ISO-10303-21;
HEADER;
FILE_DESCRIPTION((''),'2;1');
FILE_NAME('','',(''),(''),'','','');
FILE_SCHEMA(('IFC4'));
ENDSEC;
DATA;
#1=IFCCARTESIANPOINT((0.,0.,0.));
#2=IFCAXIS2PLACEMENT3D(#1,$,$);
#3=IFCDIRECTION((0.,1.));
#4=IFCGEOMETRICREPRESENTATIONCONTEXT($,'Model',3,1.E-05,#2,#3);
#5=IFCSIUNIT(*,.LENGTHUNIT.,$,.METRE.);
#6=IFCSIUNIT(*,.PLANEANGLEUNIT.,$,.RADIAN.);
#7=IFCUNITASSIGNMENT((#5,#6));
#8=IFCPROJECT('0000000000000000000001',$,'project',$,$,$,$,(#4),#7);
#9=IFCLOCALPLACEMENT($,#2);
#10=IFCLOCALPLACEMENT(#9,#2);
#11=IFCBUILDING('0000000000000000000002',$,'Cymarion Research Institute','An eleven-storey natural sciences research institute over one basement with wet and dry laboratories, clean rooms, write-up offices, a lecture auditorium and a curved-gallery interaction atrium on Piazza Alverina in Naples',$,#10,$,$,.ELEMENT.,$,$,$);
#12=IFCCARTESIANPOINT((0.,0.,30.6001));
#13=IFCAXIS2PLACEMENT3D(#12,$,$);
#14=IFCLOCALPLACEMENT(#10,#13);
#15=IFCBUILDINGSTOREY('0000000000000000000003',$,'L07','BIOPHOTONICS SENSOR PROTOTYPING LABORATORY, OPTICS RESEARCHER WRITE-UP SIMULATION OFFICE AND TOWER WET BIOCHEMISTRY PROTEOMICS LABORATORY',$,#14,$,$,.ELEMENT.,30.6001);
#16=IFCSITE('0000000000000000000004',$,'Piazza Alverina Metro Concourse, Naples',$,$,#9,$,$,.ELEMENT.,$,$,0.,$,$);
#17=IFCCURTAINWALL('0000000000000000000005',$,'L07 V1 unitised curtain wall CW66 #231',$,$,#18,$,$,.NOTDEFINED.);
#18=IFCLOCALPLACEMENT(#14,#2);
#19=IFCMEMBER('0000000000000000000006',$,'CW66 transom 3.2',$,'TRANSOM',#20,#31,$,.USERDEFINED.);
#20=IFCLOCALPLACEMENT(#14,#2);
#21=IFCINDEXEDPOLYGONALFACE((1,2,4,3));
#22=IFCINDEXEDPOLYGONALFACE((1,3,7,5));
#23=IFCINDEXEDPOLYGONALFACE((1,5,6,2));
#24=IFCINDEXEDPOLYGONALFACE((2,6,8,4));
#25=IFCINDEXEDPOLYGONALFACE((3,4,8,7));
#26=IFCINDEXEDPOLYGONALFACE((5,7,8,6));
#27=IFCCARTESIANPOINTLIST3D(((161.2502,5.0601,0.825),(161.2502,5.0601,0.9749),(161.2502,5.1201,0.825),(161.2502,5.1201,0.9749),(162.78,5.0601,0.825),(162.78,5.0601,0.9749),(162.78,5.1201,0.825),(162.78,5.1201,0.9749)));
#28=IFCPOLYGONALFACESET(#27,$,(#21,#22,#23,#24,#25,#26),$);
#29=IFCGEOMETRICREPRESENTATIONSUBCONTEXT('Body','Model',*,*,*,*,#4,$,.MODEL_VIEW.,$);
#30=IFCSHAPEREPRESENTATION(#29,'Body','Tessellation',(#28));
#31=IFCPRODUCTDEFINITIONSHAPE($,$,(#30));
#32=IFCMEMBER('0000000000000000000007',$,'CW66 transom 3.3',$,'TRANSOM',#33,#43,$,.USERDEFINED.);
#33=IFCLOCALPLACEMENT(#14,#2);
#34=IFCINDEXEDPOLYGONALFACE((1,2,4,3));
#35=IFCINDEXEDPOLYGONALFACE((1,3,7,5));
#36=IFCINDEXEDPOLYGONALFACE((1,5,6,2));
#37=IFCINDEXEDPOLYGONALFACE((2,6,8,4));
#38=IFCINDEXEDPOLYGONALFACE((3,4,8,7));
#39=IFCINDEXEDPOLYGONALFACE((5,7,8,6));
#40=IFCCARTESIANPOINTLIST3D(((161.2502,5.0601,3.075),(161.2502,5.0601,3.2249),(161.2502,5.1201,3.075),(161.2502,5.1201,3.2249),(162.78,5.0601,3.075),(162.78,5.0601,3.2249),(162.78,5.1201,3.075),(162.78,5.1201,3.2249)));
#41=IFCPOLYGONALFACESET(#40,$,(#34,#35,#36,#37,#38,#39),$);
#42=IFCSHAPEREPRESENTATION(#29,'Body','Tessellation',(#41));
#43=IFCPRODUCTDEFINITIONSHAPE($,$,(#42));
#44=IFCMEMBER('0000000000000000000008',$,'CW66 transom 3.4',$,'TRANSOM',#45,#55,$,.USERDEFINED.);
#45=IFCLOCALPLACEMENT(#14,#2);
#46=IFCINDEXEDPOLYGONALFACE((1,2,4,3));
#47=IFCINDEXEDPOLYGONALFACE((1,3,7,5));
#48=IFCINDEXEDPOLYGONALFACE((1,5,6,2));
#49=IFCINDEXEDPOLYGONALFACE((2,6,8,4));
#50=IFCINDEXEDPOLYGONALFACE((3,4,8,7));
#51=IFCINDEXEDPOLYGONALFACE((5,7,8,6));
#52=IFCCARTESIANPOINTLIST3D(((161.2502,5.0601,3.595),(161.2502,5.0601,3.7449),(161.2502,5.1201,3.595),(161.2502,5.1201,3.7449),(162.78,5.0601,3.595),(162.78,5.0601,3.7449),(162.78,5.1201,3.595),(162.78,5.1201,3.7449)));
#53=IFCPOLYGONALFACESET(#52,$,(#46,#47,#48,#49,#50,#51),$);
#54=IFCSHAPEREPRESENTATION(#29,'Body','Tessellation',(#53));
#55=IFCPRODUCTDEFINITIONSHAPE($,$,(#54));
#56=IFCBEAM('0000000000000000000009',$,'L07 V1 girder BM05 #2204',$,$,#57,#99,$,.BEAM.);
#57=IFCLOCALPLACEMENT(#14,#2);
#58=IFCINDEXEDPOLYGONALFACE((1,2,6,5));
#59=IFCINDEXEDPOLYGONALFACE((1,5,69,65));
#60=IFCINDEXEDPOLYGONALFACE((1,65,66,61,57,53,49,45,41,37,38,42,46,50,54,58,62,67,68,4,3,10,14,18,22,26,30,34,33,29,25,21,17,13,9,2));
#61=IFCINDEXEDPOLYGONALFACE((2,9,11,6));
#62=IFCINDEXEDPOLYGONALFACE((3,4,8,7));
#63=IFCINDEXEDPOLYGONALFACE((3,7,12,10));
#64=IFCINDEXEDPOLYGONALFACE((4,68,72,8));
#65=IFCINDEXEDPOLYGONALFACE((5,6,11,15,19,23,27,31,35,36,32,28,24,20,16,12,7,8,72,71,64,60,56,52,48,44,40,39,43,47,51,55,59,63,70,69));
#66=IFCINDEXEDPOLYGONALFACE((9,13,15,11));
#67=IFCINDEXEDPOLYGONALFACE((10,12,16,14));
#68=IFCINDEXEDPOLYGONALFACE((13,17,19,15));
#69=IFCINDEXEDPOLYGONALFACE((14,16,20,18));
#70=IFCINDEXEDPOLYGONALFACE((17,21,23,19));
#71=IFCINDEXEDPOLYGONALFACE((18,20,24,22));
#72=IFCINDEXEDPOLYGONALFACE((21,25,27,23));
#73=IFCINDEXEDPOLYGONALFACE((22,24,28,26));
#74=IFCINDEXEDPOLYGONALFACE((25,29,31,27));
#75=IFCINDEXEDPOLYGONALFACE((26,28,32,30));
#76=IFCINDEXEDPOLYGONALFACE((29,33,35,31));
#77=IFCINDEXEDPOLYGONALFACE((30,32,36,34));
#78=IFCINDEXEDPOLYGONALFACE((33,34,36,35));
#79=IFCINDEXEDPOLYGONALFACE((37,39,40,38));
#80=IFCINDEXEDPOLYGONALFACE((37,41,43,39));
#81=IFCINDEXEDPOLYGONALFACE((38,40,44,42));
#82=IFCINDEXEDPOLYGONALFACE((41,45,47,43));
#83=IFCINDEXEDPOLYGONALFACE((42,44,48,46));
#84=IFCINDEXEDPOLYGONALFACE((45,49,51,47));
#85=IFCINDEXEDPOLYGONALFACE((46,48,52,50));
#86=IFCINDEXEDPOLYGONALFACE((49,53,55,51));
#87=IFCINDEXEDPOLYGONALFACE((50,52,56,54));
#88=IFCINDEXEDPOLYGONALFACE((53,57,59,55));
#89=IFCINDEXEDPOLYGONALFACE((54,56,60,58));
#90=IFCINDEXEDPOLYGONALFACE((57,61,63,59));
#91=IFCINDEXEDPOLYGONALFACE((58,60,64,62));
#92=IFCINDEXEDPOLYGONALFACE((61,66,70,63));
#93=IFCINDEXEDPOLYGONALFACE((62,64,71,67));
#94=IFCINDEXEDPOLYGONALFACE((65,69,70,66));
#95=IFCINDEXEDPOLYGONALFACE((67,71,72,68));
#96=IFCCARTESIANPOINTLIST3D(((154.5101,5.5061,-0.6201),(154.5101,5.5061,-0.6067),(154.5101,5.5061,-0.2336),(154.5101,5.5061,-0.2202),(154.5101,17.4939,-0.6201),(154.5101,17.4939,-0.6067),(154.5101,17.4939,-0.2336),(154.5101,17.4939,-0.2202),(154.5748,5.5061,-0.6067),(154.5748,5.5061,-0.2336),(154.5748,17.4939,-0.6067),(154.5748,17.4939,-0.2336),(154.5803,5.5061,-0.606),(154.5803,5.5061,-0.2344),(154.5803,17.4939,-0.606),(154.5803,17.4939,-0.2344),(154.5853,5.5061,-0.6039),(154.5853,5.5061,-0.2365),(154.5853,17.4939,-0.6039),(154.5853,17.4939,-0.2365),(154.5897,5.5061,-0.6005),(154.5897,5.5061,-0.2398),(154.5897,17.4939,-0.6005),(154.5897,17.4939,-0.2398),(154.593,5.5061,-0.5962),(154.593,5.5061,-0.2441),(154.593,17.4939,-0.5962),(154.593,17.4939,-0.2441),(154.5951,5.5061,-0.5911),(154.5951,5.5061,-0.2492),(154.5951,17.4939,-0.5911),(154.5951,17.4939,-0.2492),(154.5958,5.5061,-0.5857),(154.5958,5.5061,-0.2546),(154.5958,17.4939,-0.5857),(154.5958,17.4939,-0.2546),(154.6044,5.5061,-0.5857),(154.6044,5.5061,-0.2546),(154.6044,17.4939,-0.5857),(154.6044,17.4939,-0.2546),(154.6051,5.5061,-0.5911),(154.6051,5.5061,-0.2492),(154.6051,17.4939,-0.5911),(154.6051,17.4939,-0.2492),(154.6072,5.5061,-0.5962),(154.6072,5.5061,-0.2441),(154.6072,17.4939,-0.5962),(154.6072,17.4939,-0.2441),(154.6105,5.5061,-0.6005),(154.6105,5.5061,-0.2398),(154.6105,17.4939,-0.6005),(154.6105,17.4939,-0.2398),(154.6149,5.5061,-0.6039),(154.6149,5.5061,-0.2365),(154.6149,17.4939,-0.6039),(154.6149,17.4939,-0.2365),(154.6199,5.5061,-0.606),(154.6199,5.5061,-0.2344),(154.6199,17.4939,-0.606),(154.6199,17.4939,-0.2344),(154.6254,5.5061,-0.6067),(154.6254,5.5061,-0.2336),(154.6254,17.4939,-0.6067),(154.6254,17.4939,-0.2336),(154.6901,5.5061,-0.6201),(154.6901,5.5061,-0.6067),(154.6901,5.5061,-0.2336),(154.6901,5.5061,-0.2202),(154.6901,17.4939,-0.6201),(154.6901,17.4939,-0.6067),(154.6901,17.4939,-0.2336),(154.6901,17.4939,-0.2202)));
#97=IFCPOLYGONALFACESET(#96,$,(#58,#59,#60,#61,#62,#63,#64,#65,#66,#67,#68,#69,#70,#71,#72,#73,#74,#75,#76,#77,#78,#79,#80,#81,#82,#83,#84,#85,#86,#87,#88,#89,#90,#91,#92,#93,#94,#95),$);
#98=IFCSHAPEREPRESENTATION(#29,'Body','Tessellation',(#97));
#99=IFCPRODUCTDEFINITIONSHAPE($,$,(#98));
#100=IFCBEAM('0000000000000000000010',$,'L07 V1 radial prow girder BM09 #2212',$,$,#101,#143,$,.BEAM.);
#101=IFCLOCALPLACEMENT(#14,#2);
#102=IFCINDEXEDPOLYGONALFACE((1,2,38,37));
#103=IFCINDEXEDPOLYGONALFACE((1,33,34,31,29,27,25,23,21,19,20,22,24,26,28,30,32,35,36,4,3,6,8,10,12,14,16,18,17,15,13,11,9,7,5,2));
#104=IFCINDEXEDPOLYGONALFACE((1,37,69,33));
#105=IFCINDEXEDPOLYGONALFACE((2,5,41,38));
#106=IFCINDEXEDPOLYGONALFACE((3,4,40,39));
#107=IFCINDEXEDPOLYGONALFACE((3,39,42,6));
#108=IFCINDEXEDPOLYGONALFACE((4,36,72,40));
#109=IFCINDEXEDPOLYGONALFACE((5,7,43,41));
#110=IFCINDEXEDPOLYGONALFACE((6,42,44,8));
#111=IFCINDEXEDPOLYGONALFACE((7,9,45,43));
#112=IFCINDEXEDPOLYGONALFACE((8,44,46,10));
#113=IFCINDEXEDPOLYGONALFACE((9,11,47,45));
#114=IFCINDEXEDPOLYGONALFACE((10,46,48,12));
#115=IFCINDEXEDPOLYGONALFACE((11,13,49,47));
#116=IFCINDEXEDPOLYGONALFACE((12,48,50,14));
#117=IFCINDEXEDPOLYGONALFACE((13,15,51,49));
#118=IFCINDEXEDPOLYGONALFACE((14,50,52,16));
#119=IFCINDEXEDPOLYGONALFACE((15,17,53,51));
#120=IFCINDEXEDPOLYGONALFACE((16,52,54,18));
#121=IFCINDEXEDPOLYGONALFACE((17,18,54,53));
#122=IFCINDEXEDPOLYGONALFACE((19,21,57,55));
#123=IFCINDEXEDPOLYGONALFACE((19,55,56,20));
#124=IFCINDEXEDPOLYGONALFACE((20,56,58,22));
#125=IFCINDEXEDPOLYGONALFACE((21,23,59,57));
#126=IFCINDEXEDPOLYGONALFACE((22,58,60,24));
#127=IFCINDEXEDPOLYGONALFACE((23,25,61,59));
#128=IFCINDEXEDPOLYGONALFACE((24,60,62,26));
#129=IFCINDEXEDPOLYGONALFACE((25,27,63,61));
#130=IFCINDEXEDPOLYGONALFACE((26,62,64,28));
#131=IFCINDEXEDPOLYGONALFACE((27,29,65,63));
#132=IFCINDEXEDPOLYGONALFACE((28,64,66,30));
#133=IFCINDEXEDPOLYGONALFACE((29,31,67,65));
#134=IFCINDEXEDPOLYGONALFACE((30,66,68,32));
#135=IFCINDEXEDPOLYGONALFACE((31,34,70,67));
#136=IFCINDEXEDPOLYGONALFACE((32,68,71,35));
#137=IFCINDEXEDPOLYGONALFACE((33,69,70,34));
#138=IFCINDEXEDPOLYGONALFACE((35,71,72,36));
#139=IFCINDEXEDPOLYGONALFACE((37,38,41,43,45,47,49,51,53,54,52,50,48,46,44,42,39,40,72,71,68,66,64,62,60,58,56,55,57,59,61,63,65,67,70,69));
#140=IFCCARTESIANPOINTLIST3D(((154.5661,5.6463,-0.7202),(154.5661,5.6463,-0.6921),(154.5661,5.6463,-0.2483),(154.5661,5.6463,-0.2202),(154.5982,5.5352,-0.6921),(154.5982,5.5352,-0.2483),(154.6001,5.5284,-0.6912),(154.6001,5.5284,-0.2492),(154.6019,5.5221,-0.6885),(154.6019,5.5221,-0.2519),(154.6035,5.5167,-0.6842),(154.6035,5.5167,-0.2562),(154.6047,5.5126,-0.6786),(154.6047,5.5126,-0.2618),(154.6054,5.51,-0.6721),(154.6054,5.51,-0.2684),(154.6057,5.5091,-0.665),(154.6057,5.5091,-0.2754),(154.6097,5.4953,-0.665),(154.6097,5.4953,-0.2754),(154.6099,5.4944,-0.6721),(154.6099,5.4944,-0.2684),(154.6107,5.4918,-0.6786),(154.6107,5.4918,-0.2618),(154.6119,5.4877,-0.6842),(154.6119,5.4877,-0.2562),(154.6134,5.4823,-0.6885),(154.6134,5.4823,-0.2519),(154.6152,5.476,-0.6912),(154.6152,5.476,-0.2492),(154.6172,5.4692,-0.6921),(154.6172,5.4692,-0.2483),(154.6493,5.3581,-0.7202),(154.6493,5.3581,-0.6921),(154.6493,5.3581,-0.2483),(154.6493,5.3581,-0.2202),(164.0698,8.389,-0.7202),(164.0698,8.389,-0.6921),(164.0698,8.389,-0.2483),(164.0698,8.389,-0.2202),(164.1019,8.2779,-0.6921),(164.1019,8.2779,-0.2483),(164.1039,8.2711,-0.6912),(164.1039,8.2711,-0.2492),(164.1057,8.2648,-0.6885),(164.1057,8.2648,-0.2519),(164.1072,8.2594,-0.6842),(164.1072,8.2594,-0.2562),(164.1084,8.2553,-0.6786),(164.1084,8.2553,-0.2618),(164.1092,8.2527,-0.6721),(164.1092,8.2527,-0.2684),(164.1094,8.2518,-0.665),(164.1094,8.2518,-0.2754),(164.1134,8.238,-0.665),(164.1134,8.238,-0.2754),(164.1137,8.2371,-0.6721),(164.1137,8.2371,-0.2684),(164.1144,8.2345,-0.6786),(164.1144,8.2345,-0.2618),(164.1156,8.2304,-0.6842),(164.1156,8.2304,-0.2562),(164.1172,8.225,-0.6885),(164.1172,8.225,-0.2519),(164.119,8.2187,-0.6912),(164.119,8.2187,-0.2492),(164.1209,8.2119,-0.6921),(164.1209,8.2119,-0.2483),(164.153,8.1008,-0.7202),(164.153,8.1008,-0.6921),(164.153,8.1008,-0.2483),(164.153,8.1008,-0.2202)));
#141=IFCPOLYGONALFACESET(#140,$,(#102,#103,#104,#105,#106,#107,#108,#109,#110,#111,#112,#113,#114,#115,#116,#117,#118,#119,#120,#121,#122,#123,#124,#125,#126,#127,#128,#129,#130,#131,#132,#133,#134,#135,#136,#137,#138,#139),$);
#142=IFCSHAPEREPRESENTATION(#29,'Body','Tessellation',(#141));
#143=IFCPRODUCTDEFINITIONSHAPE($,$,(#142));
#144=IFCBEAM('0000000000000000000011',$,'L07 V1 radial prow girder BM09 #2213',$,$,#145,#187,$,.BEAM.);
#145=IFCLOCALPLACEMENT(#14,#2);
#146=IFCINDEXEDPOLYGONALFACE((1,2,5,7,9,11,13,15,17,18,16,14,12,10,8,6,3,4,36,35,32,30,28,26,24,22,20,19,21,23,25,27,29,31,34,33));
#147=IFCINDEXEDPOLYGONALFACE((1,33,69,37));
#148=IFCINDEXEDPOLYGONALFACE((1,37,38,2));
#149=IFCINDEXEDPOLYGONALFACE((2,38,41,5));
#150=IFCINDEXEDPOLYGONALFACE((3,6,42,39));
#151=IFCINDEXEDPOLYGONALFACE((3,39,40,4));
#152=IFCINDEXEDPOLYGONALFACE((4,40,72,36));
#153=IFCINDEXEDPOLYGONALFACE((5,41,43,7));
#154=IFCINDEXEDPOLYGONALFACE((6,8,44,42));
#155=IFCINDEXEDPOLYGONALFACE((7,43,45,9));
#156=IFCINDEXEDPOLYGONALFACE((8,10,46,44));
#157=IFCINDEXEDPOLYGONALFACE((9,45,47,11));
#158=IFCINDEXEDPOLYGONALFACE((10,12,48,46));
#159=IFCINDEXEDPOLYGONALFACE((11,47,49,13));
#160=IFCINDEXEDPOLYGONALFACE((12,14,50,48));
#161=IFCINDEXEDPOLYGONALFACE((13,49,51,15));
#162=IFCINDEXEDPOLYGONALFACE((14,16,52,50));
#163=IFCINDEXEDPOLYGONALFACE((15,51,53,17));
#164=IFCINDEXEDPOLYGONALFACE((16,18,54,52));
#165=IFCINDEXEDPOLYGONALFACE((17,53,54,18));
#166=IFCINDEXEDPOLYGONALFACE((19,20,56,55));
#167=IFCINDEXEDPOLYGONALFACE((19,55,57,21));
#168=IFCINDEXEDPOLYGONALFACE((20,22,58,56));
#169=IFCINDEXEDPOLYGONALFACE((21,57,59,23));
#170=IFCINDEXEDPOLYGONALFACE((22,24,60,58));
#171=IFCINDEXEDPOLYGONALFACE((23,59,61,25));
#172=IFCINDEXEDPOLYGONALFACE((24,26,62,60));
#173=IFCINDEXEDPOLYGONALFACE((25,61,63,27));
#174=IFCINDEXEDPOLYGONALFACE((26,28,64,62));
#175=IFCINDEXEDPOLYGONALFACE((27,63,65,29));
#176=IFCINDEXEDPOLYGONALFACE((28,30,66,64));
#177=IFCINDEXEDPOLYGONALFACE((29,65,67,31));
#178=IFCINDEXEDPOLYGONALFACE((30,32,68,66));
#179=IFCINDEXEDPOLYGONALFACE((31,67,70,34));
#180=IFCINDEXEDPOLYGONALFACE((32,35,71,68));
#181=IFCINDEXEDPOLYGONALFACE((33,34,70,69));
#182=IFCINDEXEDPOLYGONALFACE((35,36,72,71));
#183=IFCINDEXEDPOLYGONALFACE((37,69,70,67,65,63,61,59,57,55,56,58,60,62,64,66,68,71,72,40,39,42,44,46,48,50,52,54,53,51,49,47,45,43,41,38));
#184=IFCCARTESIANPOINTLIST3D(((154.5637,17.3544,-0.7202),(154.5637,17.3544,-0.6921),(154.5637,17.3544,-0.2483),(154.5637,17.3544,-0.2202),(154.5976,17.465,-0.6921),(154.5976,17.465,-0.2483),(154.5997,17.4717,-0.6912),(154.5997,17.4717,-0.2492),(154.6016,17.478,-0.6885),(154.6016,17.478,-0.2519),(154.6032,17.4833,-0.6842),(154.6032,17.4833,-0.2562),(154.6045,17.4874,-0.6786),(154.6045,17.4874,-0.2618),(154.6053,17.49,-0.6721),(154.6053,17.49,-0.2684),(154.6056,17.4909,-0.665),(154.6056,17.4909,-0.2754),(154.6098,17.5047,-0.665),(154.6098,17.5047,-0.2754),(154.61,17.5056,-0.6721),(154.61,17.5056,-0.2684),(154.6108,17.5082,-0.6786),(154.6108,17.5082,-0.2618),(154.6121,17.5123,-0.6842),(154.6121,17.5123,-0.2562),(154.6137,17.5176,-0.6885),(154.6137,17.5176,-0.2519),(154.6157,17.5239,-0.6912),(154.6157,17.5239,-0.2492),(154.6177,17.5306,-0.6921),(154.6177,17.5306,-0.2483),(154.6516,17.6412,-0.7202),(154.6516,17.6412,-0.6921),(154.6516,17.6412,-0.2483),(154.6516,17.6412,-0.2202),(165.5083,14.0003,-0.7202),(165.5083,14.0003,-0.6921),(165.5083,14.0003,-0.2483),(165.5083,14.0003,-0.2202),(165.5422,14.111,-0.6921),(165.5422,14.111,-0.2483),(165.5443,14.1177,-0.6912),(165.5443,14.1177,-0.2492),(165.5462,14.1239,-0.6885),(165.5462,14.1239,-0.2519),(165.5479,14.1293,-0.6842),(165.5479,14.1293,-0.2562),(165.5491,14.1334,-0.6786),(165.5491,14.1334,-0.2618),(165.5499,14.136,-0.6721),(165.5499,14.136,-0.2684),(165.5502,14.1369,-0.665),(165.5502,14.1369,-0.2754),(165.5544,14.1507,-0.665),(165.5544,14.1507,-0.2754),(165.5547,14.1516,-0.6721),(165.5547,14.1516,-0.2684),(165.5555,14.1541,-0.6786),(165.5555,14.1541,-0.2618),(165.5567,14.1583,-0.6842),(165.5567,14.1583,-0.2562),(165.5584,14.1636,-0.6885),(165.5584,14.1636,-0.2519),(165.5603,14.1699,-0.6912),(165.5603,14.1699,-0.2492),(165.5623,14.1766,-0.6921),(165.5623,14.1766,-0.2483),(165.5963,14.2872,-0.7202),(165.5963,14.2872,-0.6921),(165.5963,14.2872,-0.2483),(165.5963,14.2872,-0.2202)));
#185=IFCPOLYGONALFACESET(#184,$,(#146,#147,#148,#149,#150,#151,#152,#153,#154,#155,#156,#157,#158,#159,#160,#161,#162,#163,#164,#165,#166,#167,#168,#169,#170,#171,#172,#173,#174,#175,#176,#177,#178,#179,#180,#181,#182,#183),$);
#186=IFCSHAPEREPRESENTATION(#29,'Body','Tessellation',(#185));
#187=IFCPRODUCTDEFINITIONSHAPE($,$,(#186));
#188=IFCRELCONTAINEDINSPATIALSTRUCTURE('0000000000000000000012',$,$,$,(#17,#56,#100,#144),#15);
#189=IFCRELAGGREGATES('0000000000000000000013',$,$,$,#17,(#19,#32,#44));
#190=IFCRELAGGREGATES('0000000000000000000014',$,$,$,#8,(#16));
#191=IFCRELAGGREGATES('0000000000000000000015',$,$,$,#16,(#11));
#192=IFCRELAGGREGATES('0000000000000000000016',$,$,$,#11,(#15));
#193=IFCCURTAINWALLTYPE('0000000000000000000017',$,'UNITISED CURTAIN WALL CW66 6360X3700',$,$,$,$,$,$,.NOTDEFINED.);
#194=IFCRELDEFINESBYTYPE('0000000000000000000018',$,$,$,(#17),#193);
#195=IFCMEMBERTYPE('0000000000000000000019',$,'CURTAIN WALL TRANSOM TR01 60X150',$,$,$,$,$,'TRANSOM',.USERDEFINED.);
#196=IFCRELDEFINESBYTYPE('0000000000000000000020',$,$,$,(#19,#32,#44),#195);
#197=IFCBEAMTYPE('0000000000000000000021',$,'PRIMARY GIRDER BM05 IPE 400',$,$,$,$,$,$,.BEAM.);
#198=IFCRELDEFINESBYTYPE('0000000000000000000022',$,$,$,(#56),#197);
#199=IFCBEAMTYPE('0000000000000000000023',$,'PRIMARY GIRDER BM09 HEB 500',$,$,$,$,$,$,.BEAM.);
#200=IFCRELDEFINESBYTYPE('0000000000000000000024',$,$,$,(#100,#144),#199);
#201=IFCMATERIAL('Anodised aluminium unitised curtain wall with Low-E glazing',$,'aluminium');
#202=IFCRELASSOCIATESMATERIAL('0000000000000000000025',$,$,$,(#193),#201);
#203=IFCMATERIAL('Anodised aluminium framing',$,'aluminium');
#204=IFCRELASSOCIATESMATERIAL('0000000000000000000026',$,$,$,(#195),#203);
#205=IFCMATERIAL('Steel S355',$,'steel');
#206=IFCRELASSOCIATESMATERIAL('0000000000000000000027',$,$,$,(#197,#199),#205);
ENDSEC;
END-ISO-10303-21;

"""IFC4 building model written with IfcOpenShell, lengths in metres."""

from ifc_helpers import new_model, si_unit, direction, frame, origin, origin_2d, place, context, subcontext, project, spatial, rectangle, i_section, extrude, material, material_profile, profile_set, type_object, element, aggregate, save


model = new_model("IFC4")

# Units and contexts
model_context = context("Model", 3, precision=1e-05, world=origin(), true_north=direction((0.0, 1.0)))
body_context = subcontext(model_context, "Body", "Model", "MODEL_VIEW")
ifc_project = project(units=[si_unit("LENGTHUNIT", "METRE"), si_unit("PLANEANGLEUNIT", "RADIAN")], contexts=[model_context])

# Site, building, storey
site_placement = place(None, origin())
site = spatial("IfcSite", under=ifc_project, at=site_placement, Name="Piazza Alverina Metro Concourse, Naples", CompositionType="ELEMENT", RefElevation=0.0)
building_placement = place(site_placement, origin())
building = spatial("IfcBuilding", under=site, at=building_placement, Name="Cymarion Research Institute", Description="An eleven-storey natural sciences research institute over one basement with wet and dry laboratories, clean rooms, write-up offices, a lecture auditorium and a curved-gallery interaction atrium on Piazza Alverina in Naples", CompositionType="ELEMENT")
storey_placement = place(building_placement, frame((0.0, 0.0, 30.6001)))
storey = spatial("IfcBuildingStorey", under=building, at=storey_placement, Name="L07", Description="BIOPHOTONICS SENSOR PROTOTYPING LABORATORY, OPTICS RESEARCHER WRITE-UP SIMULATION OFFICE AND TOWER WET BIOCHEMISTRY PROTEOMICS LABORATORY", CompositionType="ELEMENT", Elevation=30.6001)

# Shared definitions
ifc_material_1 = material(Name="Steel S355", Category="steel")

# Curtain wall, members
ifc_material_2 = material(Name="Anodised aluminium unitised curtain wall with Low-E glazing", Category="aluminium")
curtain_wall_type = type_object("IfcCurtainWallType", Name="UNITISED CURTAIN WALL CW66 6360X3700", PredefinedType="NOTDEFINED", material=ifc_material_2)
curtain_wall_placement = place(storey_placement, origin())
curtain_wall = element("IfcCurtainWall", 1, at=curtain_wall_placement, inside=storey, type_object=curtain_wall_type, Name="L07 V1 unitised curtain wall CW66 #231", PredefinedType="NOTDEFINED")
ifc_material_3 = material(Name="Anodised aluminium framing", Category="aluminium")
ifc_material_profile_1 = material_profile(ifc_material_3, rectangle(XDim=0.0601, YDim=0.1499, at=origin_2d()), Name="ALU TRANSOM 60x150")
ifc_profile_set_1 = profile_set([ifc_material_profile_1], Name="Anodised aluminium framing")
member_type_1 = type_object("IfcMemberType", Name="CURTAIN WALL TRANSOM TR01 60X150", ElementType="TRANSOM", PredefinedType="USERDEFINED", material=ifc_profile_set_1)
member_1_placement = place(storey_placement, frame((161.2502, 5.0901, 0.8999), z_axis=(1.0, 0.0, 0.0), x_axis=(0.0, 1.0, 0.0)))
member_1 = element("IfcMember", 2, at=member_1_placement, type_object=member_type_1, Name="CW66 transom 3.2", ObjectType="TRANSOM", PredefinedType="USERDEFINED", context=body_context, shape_type="SweptSolid", body=[
    extrude(rectangle(XDim=0.0601, YDim=0.1499, at=origin_2d()), origin(), (0.0, 0.0, 1.0), 1.5298),
])
member_2_placement = place(storey_placement, frame((161.2502, 5.0901, 3.1499), z_axis=(1.0, 0.0, 0.0), x_axis=(0.0, 1.0, 0.0)))
member_2 = element("IfcMember", 3, at=member_2_placement, type_object=member_type_1, Name="CW66 transom 3.3", ObjectType="TRANSOM", PredefinedType="USERDEFINED", context=body_context, shape_type="SweptSolid", body=[
    extrude(rectangle(XDim=0.0601, YDim=0.1499, at=origin_2d()), origin(), (0.0, 0.0, 1.0), 1.5298),
])
member_3_placement = place(storey_placement, frame((161.2502, 5.0901, 3.6699), z_axis=(1.0, 0.0, 0.0), x_axis=(0.0, 1.0, 0.0)))
member_3 = element("IfcMember", 4, at=member_3_placement, type_object=member_type_1, Name="CW66 transom 3.4", ObjectType="TRANSOM", PredefinedType="USERDEFINED", context=body_context, shape_type="SweptSolid", body=[
    extrude(rectangle(XDim=0.0601, YDim=0.1499, at=origin_2d()), origin(), (0.0, 0.0, 1.0), 1.5298),
])

# Beams
ifc_material_profile_2 = material_profile(ifc_material_1, i_section(OverallWidth=0.1799, OverallDepth=0.3999, WebThickness=0.0085, FlangeThickness=0.0134, FilletRadius=0.021, at=origin_2d()), Name="IPE 400")
ifc_profile_set_2 = profile_set([ifc_material_profile_2], Name="Steel S355")
beam_type_1 = type_object("IfcBeamType", Name="PRIMARY GIRDER BM05 IPE 400", PredefinedType="BEAM", material=ifc_profile_set_2)
beam_1_placement = place(storey_placement, frame((154.6001, 5.5061, -0.4202), z_axis=(0.0, 1.0, 0.0), x_axis=(-1.0, 0.0, 0.0)))
element("IfcBeam", 5, at=beam_1_placement, inside=storey, type_object=beam_type_1, Name="L07 V1 girder BM05 #2204", PredefinedType="BEAM", context=body_context, shape_type="SweptSolid", body=[
    extrude(i_section(OverallWidth=0.1799, OverallDepth=0.3999, WebThickness=0.0085, FlangeThickness=0.0134, FilletRadius=0.021, at=origin_2d()), origin(), (0.0, 0.0, 1.0), 11.9878),
])
ifc_material_profile_3 = material_profile(ifc_material_1, i_section(OverallWidth=0.3, OverallDepth=0.5, WebThickness=0.0144, FlangeThickness=0.0281, FilletRadius=0.0271, at=origin_2d()), Name="HEB 500")
ifc_profile_set_3 = profile_set([ifc_material_profile_3], Name="Steel S355")
beam_type_2 = type_object("IfcBeamType", Name="PRIMARY GIRDER BM09 HEB 500", PredefinedType="BEAM", material=ifc_profile_set_3)
beam_2_placement = place(storey_placement, frame((154.6077, 5.5022, -0.4702), z_axis=(0.96079, 0.277276, 0.0), x_axis=(-0.277276, 0.96079, 0.0)))
element("IfcBeam", 6, at=beam_2_placement, inside=storey, type_object=beam_type_2, Name="L07 V1 radial prow girder BM09 #2212", PredefinedType="BEAM", context=body_context, shape_type="SweptSolid", body=[
    extrude(i_section(OverallWidth=0.3, OverallDepth=0.5, WebThickness=0.0144, FlangeThickness=0.0281, FilletRadius=0.0271, at=origin_2d()), origin(), (0.0, 0.0, 1.0), 9.8916),
])
beam_3_placement = place(storey_placement, frame((154.6077, 17.4978, -0.4702), z_axis=(0.956111, -0.293004, 0.0), x_axis=(0.293004, 0.956111, 0.0)))
element("IfcBeam", 7, at=beam_3_placement, inside=storey, type_object=beam_type_2, Name="L07 V1 radial prow girder BM09 #2213", PredefinedType="BEAM", context=body_context, shape_type="SweptSolid", body=[
    extrude(i_section(OverallWidth=0.3, OverallDepth=0.5, WebThickness=0.0144, FlangeThickness=0.0281, FilletRadius=0.0271, at=origin_2d()), origin(), (0.0, 0.0, 1.0), 11.447),
])

aggregate(curtain_wall, [member_1, member_2, member_3])

save(model, "model.ifc")
